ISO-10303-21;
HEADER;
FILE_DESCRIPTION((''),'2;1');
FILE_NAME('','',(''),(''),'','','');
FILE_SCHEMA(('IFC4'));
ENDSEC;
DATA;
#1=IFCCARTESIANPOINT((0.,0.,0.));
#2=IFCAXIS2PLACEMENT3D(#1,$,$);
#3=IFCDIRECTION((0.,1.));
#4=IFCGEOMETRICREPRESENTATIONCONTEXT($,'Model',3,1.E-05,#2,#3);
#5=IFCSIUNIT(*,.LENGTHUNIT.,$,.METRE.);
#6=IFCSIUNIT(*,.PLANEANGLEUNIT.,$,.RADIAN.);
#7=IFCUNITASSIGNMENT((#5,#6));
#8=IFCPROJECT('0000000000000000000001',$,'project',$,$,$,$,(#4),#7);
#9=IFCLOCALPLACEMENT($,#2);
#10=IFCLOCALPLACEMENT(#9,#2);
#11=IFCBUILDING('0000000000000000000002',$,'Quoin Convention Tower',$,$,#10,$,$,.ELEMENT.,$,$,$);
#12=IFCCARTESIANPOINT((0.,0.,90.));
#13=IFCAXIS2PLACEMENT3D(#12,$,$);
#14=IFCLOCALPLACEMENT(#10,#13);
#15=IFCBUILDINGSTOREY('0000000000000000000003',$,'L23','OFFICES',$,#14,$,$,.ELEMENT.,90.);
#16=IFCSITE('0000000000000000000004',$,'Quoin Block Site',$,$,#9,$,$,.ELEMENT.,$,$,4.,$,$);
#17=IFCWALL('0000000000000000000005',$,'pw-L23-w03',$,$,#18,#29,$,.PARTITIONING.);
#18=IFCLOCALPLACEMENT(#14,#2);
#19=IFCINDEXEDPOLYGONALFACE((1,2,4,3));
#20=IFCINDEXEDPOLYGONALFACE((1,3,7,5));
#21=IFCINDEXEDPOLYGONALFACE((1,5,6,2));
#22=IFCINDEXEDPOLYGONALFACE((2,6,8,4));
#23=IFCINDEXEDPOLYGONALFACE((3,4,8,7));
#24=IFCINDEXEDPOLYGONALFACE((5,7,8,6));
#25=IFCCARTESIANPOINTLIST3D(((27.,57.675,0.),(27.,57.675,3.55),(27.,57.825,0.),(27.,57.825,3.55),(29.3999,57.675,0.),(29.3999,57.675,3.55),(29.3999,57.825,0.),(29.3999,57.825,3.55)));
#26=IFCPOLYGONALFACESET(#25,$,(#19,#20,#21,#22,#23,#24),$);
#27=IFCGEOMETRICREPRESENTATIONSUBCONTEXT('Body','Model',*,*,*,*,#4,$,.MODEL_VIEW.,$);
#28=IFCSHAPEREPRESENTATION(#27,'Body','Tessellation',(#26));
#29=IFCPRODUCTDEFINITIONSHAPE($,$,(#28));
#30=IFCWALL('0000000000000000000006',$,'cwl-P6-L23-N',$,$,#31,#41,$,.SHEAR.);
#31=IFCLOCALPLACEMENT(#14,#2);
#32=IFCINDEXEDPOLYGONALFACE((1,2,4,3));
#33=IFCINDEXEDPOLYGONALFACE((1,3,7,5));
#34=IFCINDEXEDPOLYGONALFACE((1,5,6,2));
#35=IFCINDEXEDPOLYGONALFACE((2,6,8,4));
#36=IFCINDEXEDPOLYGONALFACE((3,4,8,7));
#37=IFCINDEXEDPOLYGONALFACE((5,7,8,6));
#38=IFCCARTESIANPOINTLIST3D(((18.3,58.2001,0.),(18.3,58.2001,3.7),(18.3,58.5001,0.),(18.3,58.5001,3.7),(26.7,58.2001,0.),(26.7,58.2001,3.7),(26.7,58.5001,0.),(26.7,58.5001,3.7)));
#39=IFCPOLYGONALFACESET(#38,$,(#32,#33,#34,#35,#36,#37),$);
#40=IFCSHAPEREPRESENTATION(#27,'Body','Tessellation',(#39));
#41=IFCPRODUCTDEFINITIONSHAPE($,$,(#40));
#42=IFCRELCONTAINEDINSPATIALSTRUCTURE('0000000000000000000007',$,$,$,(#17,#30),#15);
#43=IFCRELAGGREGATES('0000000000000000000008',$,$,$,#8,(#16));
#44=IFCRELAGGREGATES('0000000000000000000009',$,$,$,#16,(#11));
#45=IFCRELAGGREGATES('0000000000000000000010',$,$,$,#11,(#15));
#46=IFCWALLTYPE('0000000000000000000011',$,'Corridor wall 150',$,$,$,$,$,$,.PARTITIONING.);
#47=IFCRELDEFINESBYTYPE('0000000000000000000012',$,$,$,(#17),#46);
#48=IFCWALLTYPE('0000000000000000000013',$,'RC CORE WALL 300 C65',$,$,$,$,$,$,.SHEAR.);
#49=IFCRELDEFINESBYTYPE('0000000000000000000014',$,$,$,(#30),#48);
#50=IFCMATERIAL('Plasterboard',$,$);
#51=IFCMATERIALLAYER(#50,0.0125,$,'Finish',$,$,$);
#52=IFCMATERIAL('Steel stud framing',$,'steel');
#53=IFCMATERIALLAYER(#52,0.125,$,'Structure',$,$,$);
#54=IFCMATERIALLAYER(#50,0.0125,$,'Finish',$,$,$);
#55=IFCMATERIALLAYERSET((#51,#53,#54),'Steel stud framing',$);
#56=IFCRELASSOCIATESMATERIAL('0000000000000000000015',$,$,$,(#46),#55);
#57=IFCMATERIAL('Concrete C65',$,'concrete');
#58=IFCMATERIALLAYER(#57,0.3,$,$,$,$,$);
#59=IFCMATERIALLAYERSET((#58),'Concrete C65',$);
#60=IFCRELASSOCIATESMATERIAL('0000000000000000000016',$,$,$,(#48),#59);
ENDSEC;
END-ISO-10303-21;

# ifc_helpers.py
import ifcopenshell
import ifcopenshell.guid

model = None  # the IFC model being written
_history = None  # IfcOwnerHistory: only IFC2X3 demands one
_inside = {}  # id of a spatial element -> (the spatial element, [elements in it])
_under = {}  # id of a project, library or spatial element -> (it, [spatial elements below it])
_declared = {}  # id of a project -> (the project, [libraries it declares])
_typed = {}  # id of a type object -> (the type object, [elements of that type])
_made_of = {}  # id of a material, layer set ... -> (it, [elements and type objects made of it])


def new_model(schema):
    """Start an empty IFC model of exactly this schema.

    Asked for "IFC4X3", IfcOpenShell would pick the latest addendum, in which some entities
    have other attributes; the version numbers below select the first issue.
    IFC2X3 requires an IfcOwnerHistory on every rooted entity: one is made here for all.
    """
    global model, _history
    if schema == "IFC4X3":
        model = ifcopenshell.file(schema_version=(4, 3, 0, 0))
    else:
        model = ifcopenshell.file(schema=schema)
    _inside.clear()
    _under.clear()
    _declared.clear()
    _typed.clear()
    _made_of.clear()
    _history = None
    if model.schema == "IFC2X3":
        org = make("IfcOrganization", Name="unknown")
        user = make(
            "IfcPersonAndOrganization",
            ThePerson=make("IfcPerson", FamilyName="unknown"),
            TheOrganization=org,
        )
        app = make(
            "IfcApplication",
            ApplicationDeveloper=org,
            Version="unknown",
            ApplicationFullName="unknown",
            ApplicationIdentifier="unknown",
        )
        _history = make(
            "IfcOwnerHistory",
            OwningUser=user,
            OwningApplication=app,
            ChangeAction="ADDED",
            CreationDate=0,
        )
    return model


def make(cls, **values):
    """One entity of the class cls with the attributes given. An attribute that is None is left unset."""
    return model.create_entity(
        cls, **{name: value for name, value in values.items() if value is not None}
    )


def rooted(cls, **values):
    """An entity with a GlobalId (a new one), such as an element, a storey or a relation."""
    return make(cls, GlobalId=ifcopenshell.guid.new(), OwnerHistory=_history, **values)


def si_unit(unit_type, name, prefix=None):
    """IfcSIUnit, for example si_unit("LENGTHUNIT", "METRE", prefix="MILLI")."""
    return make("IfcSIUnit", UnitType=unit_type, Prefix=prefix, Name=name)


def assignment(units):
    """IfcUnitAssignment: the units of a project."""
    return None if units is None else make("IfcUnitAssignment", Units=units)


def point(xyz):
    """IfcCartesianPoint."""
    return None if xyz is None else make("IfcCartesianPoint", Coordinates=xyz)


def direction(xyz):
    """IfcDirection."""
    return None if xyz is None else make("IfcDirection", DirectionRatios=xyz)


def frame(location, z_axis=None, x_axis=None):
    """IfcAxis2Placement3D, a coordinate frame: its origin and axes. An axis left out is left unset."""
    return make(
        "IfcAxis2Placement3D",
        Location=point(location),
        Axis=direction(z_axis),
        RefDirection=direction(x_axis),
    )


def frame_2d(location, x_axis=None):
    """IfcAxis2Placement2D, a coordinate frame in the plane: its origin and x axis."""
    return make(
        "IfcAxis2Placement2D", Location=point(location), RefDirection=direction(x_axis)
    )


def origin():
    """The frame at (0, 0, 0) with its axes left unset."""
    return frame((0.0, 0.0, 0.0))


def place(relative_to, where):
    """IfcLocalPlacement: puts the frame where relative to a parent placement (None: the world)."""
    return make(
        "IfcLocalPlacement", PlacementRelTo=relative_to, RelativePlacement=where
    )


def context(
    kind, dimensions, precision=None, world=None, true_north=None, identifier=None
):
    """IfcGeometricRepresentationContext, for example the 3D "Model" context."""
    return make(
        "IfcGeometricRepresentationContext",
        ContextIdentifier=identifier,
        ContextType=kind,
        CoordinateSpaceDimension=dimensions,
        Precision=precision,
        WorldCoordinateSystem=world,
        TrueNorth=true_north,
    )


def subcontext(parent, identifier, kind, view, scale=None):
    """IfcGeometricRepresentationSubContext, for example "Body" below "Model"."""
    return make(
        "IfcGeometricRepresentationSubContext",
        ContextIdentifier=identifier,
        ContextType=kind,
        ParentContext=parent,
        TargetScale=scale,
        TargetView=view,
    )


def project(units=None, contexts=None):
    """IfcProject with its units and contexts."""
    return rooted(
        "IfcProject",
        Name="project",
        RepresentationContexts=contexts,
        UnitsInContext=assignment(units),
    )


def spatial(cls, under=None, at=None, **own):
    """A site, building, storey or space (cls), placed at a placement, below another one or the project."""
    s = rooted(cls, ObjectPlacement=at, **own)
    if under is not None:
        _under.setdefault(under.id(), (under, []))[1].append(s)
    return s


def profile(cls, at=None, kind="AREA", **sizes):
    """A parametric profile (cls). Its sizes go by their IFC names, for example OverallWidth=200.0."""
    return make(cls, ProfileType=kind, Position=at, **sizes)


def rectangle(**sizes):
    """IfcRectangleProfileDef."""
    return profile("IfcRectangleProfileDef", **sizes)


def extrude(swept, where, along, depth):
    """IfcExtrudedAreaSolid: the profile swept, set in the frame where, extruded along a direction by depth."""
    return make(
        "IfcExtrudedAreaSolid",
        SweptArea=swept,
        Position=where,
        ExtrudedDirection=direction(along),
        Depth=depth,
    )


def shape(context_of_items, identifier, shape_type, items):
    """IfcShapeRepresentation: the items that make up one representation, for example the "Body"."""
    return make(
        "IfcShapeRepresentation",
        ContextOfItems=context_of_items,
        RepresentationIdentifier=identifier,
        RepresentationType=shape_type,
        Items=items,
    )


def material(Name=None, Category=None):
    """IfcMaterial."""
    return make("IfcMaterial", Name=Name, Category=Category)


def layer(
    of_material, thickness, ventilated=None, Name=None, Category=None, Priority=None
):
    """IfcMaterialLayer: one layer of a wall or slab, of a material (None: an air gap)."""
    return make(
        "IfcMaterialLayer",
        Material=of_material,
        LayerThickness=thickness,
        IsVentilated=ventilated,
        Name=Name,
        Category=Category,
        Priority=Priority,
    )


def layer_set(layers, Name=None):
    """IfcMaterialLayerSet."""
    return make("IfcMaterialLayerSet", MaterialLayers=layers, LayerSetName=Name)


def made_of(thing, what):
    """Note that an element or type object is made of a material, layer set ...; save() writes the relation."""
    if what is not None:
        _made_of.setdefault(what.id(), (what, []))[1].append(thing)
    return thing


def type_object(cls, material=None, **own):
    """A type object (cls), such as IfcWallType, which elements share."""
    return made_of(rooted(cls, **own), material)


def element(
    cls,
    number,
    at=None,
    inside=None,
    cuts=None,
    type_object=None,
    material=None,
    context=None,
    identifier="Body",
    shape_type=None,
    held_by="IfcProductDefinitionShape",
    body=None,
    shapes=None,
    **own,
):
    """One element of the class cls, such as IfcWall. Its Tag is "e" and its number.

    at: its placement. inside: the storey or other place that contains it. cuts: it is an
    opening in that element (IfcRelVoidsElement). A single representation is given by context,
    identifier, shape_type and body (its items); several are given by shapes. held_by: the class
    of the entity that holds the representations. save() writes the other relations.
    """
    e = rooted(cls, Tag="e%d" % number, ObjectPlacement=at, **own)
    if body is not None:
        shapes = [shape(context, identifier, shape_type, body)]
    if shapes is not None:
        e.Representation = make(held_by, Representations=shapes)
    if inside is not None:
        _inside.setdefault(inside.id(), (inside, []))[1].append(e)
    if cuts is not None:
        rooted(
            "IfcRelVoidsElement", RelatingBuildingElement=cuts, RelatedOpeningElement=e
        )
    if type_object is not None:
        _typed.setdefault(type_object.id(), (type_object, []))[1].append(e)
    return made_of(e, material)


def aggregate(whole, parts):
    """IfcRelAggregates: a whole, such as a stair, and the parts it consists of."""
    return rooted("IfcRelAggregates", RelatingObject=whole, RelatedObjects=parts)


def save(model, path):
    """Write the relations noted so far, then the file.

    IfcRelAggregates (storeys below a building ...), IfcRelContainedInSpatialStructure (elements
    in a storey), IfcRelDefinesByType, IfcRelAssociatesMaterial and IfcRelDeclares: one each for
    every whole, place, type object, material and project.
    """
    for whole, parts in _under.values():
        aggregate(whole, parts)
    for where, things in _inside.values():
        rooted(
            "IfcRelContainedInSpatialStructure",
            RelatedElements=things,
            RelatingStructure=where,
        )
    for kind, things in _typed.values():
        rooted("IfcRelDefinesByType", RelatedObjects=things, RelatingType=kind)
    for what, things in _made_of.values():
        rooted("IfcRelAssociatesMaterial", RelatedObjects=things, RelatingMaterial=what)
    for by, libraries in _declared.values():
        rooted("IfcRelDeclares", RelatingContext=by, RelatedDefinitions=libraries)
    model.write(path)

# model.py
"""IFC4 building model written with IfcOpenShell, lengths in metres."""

from ifc_helpers import new_model, si_unit, direction, frame, frame_2d, origin, place, context, subcontext, project, spatial, rectangle, extrude, material, layer, layer_set, type_object, element, save


model = new_model("IFC4")

# Units and contexts
model_context = context("Model", 3, precision=1e-05, world=origin(), true_north=direction((0.0, 1.0)))
body_context = subcontext(model_context, "Body", "Model", "MODEL_VIEW")
ifc_project = project(units=[si_unit("LENGTHUNIT", "METRE"), si_unit("PLANEANGLEUNIT", "RADIAN")], contexts=[model_context])

# Site, building, storey
site_placement = place(None, origin())
site = spatial("IfcSite", under=ifc_project, at=site_placement, Name="Quoin Block Site", CompositionType="ELEMENT", RefElevation=4.0)
building_placement = place(site_placement, origin())
building = spatial("IfcBuilding", under=site, at=building_placement, Name="Quoin Convention Tower", CompositionType="ELEMENT")
storey_placement = place(building_placement, frame((0.0, 0.0, 90.0)))
storey = spatial("IfcBuildingStorey", under=building, at=storey_placement, Name="L23", Description="OFFICES", CompositionType="ELEMENT", Elevation=90.0)

# Shared definitions
ifc_material_1 = material(Name="Concrete C65", Category="concrete")

# Walls
ifc_material_2 = material(Name="Plasterboard")
ifc_layer_1 = layer(ifc_material_2, 0.0125, Name="Finish")
ifc_material_3 = material(Name="Steel stud framing", Category="steel")
ifc_layer_2 = layer(ifc_material_3, 0.125, Name="Structure")
ifc_layer_3 = layer(ifc_material_2, 0.0125, Name="Finish")
ifc_layer_set_1 = layer_set([ifc_layer_1, ifc_layer_2, ifc_layer_3], Name="Steel stud framing")
wall_type_1 = type_object("IfcWallType", Name="Corridor wall 150", PredefinedType="PARTITIONING", material=ifc_layer_set_1)
wall_1_placement = place(storey_placement, frame((27.0, 57.75, 0.0), z_axis=(0.0, 0.0, 1.0), x_axis=(1.0, 0.0, 0.0)))
element("IfcWall", 1, at=wall_1_placement, inside=storey, type_object=wall_type_1, Name="pw-L23-w03", PredefinedType="PARTITIONING", context=body_context, shape_type="SweptSolid", body=[
    extrude(rectangle(XDim=2.3999, YDim=0.1499, at=frame_2d((1.2, 0.0))), origin(), (0.0, 0.0, 1.0), 3.55),
])
ifc_layer_4 = layer(ifc_material_1, 0.3)
ifc_layer_set_2 = layer_set([ifc_layer_4], Name="Concrete C65")
wall_type_2 = type_object("IfcWallType", Name="RC CORE WALL 300 C65", PredefinedType="SHEAR", material=ifc_layer_set_2)
wall_2_placement = place(storey_placement, frame((18.3, 58.3501, 0.0), z_axis=(0.0, 0.0, 1.0), x_axis=(1.0, 0.0, 0.0)))
element("IfcWall", 2, at=wall_2_placement, inside=storey, type_object=wall_type_2, Name="cwl-P6-L23-N", PredefinedType="SHEAR", context=body_context, shape_type="SweptSolid", body=[
    extrude(rectangle(XDim=8.3999, YDim=0.3, at=frame_2d((4.2, 0.0))), origin(), (0.0, 0.0, 1.0), 3.7),
])

save(model, "model.ifc")
